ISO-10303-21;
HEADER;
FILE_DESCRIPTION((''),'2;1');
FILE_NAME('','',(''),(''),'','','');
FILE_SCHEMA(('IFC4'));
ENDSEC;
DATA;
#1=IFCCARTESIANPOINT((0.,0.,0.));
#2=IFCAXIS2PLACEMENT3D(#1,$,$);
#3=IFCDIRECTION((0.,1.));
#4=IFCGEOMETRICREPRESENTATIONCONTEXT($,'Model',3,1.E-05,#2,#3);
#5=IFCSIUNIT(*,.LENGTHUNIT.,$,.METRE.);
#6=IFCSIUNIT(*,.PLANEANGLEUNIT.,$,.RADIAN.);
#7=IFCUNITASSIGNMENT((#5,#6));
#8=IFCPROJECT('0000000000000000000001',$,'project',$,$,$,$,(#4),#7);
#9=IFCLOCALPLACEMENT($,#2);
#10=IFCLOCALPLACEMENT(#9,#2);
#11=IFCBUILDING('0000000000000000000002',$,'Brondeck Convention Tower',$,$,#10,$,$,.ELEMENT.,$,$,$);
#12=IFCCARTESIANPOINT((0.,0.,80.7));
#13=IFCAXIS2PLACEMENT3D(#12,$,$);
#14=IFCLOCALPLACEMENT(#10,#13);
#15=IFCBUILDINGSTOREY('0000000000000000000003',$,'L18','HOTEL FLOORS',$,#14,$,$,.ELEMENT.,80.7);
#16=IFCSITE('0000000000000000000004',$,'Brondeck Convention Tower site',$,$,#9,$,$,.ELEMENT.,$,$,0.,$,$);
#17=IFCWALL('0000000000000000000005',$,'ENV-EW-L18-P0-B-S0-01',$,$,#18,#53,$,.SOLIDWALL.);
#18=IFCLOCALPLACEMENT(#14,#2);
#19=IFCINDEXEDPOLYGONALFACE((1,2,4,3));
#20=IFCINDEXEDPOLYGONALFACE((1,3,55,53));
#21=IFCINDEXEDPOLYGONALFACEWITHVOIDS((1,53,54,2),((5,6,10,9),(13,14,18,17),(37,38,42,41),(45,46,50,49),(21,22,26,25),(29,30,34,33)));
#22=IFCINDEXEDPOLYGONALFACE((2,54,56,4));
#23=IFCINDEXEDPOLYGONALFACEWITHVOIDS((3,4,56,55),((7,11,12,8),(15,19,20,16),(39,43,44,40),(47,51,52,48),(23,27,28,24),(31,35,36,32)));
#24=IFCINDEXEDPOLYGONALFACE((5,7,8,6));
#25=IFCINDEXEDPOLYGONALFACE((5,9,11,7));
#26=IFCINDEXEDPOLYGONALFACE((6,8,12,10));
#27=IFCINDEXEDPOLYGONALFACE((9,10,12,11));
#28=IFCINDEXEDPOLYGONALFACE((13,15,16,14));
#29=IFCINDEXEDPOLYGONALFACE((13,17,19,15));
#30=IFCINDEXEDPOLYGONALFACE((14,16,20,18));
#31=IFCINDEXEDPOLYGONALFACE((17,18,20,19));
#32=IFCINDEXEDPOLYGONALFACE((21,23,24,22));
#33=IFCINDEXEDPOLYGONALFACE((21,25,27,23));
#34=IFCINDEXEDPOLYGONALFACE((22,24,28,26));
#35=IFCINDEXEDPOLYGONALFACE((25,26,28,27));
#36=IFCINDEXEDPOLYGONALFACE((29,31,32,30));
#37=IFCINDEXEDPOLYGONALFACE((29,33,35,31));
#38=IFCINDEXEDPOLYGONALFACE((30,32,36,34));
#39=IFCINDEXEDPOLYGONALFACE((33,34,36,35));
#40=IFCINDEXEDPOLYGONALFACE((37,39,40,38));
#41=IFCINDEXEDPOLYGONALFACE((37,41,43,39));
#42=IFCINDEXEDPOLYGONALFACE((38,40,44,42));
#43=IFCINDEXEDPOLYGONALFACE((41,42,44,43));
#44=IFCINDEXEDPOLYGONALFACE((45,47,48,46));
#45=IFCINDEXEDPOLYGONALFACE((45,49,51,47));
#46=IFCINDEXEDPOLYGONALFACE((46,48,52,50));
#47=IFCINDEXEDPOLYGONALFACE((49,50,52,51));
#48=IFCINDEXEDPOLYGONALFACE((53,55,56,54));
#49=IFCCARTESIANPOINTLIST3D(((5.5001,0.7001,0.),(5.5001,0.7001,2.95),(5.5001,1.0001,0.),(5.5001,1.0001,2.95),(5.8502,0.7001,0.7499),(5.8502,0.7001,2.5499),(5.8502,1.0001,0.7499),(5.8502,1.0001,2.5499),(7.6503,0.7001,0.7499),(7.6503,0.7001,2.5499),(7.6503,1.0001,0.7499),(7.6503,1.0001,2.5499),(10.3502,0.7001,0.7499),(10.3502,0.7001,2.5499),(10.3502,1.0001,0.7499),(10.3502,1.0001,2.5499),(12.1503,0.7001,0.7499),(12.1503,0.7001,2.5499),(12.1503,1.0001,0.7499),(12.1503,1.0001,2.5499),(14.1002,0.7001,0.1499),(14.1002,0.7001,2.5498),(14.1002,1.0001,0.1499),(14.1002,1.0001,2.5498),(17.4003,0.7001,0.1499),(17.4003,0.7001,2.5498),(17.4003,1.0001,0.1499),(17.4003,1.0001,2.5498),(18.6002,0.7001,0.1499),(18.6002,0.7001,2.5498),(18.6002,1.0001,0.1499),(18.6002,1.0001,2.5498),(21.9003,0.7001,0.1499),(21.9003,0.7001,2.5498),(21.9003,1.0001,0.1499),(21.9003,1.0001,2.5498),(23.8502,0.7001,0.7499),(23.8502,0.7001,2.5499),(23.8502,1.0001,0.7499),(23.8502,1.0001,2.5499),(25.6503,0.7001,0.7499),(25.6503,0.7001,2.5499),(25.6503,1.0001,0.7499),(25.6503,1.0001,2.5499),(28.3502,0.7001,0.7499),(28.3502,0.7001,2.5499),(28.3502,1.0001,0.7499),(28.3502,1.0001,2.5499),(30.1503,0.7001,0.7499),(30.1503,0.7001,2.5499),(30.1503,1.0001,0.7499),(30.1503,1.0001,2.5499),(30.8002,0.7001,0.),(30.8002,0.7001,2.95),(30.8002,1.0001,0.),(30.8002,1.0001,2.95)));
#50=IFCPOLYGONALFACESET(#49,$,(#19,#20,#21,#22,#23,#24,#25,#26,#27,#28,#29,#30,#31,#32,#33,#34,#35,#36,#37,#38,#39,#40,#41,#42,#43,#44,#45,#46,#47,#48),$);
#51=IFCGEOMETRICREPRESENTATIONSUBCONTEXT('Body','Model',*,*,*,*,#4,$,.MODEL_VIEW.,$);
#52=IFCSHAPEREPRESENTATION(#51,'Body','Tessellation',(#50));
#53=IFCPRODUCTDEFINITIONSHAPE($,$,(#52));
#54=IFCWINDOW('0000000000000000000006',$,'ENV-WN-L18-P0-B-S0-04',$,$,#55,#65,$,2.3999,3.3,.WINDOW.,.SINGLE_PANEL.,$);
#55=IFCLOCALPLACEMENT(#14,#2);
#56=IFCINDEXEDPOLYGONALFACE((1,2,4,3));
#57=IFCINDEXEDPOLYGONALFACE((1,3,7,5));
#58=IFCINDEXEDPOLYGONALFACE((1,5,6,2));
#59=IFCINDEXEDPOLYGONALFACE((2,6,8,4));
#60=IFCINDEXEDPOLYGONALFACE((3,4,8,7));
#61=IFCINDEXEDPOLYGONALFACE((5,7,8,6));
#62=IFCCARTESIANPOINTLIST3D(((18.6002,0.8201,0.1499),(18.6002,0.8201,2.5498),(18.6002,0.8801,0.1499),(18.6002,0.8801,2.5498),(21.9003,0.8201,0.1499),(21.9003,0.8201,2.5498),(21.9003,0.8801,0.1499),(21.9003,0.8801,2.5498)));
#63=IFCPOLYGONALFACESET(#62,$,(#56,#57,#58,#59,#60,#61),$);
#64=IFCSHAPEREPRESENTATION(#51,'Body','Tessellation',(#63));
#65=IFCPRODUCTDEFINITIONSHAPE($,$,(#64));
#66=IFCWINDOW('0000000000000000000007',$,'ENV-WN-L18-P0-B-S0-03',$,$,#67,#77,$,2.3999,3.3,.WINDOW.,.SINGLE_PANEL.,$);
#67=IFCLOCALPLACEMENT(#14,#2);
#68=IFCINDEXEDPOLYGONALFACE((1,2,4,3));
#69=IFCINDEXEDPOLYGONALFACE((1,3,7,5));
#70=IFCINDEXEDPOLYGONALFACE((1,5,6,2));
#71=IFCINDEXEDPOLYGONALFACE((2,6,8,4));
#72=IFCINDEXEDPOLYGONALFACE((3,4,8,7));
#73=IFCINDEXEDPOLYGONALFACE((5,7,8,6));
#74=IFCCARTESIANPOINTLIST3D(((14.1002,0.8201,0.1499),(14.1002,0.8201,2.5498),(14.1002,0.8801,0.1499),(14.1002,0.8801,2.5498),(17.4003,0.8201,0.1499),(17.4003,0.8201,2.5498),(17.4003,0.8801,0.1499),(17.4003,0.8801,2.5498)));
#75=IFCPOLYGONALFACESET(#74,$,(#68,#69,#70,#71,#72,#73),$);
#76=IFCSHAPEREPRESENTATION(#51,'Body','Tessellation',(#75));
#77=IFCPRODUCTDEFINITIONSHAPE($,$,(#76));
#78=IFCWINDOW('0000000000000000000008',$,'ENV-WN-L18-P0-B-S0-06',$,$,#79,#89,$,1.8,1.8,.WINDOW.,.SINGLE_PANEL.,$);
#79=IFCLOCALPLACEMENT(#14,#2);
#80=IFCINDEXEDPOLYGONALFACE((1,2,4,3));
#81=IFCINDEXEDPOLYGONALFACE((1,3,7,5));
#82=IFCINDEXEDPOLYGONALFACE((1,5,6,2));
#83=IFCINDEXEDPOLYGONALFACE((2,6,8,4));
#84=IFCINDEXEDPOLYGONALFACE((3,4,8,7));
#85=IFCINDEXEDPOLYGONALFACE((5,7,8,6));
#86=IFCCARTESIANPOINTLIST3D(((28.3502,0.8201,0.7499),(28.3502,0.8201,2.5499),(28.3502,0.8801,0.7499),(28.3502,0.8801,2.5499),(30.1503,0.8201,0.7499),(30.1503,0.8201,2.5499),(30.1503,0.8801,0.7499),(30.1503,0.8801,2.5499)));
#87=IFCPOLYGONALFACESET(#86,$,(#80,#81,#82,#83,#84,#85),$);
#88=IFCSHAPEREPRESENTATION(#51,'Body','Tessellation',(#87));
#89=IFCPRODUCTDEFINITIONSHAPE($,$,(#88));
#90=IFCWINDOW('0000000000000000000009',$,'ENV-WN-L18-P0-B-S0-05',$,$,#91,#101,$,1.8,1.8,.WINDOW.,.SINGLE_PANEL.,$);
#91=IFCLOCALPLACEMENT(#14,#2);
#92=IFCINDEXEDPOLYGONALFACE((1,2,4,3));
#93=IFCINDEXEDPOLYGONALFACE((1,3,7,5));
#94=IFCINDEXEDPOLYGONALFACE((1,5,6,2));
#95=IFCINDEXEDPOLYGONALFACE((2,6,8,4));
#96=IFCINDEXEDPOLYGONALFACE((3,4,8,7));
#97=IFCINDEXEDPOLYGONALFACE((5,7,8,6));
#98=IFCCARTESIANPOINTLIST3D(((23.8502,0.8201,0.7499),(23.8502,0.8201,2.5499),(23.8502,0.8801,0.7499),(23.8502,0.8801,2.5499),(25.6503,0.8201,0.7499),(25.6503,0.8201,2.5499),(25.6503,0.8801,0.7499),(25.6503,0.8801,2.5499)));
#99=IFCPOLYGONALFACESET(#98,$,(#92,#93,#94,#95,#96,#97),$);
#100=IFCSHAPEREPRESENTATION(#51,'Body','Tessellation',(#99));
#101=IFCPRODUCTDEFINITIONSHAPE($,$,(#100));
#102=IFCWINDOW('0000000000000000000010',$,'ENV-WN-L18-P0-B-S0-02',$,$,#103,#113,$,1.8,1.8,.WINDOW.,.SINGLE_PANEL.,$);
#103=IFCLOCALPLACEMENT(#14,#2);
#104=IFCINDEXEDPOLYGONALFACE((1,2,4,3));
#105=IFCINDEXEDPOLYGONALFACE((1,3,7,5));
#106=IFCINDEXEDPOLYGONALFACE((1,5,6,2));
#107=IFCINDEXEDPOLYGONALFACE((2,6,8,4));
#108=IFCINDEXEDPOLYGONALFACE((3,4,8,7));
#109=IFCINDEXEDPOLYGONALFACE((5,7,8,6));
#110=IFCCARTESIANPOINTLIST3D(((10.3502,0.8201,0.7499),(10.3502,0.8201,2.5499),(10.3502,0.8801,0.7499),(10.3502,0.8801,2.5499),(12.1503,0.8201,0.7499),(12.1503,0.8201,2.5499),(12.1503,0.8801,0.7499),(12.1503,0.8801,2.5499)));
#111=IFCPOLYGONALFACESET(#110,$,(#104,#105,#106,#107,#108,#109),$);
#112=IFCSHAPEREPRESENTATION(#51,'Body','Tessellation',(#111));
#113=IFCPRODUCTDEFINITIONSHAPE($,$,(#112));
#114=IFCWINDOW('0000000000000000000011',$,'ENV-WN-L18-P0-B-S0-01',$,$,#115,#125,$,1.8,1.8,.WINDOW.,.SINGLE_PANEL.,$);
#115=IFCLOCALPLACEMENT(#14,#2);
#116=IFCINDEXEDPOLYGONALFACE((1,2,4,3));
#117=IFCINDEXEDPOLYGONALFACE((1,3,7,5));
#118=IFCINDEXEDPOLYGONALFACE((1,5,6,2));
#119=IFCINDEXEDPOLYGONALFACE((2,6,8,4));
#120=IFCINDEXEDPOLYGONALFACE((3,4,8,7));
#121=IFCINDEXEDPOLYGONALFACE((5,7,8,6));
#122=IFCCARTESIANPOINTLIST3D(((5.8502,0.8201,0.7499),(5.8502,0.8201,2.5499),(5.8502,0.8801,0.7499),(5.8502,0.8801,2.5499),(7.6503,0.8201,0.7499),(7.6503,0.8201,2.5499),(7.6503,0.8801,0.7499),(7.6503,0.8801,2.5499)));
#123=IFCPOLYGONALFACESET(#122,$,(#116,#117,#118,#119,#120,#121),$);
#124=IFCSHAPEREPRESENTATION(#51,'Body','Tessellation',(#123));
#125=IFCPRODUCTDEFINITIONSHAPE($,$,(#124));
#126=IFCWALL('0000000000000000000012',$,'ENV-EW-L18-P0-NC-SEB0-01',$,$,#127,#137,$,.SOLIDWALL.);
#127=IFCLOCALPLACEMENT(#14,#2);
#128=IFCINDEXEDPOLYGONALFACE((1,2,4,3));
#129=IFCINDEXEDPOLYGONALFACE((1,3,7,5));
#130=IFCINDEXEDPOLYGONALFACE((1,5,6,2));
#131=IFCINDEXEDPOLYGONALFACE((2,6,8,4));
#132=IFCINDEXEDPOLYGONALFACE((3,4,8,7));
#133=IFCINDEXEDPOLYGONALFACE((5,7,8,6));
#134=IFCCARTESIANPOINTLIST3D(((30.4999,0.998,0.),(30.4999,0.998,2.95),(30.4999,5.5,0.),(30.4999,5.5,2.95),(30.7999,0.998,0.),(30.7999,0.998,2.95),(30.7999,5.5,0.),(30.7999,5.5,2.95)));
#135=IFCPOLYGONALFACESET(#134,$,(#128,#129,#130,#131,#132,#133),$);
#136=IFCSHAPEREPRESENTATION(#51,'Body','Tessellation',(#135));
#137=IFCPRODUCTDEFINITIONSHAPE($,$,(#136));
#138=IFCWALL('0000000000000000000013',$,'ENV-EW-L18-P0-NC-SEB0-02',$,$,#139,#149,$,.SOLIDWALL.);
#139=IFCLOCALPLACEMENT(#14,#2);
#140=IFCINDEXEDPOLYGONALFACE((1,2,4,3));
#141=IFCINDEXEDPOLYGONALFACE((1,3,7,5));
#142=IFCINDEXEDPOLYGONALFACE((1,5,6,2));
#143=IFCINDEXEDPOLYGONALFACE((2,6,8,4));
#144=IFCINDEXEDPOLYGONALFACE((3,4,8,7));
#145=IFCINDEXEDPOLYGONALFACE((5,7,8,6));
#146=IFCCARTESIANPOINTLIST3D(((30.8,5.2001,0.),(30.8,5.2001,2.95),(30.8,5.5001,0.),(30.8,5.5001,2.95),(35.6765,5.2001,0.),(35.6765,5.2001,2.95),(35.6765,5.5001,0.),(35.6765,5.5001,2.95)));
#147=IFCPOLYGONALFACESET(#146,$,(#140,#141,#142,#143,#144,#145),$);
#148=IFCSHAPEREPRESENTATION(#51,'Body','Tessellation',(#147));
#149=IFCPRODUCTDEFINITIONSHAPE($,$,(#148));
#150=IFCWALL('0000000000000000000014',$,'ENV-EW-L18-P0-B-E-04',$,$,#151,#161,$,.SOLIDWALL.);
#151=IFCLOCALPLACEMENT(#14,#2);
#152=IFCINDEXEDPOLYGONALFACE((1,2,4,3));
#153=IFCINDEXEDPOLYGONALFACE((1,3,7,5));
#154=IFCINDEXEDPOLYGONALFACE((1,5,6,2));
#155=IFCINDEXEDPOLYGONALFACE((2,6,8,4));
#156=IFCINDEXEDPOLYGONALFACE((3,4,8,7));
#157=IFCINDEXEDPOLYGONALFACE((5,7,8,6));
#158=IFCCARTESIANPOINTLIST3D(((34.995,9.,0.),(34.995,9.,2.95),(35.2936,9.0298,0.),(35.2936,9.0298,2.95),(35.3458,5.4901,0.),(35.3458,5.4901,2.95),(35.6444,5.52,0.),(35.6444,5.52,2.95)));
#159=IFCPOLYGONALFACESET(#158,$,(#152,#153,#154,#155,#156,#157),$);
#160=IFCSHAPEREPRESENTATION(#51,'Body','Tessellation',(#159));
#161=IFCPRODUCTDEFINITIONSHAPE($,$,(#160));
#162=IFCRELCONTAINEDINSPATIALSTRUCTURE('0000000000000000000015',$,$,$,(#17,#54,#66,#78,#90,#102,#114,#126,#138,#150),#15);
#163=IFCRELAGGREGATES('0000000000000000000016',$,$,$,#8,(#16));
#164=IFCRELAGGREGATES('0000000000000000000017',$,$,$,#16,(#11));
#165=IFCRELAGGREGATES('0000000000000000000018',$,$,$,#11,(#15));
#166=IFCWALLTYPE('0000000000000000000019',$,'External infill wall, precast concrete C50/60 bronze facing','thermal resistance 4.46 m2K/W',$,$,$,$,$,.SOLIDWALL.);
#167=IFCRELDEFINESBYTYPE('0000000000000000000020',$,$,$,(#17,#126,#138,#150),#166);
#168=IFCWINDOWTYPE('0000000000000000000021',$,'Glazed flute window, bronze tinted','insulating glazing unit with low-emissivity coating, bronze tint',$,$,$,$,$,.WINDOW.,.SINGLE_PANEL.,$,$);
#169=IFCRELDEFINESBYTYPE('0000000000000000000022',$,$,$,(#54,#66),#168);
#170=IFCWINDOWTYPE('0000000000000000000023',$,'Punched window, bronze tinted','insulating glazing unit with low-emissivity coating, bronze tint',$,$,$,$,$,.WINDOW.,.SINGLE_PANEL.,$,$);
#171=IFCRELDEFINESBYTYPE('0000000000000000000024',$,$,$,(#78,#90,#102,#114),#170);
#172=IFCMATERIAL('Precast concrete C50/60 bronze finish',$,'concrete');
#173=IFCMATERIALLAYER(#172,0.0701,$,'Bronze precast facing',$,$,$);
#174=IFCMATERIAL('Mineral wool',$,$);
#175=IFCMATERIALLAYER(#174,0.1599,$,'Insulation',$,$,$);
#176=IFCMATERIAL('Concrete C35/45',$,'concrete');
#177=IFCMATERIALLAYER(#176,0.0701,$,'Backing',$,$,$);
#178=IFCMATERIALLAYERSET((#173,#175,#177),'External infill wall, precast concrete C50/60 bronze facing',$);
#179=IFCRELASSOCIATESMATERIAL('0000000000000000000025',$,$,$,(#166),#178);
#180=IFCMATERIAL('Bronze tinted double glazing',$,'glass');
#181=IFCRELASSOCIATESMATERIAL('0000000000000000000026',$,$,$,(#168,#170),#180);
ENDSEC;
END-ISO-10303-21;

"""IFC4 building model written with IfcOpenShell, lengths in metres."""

from ifc_helpers import new_model, si_unit, direction, frame, frame_2d, origin, place, context, subcontext, project, spatial, rectangle, extrude, material, layer, layer_set, type_object, element, fill, save


model = new_model("IFC4")

# Units and contexts
model_context = context("Model", 3, precision=1e-05, world=origin(), true_north=direction((0.0, 1.0)))
body_context = subcontext(model_context, "Body", "Model", "MODEL_VIEW")
ifc_project = project(units=[si_unit("LENGTHUNIT", "METRE"), si_unit("PLANEANGLEUNIT", "RADIAN")], contexts=[model_context])

# Site, building, storey
site_placement = place(None, origin())
site = spatial("IfcSite", under=ifc_project, at=site_placement, Name="Brondeck Convention Tower site", CompositionType="ELEMENT", RefElevation=0.0)
building_placement = place(site_placement, origin())
building = spatial("IfcBuilding", under=site, at=building_placement, Name="Brondeck Convention Tower", CompositionType="ELEMENT")
storey_placement = place(building_placement, frame((0.0, 0.0, 80.7)))
storey = spatial("IfcBuildingStorey", under=building, at=storey_placement, Name="L18", Description="HOTEL FLOORS", CompositionType="ELEMENT", Elevation=80.7)

# Wall, openings, windows
ifc_material_1 = material(Name="Precast concrete C50/60 bronze finish", Category="concrete")
ifc_layer_1 = layer(ifc_material_1, 0.0701, Name="Bronze precast facing")
ifc_material_2 = material(Name="Mineral wool")
ifc_layer_2 = layer(ifc_material_2, 0.1599, Name="Insulation")
ifc_material_3 = material(Name="Concrete C35/45", Category="concrete")
ifc_layer_3 = layer(ifc_material_3, 0.0701, Name="Backing")
ifc_layer_set_1 = layer_set([ifc_layer_1, ifc_layer_2, ifc_layer_3], Name="External infill wall, precast concrete C50/60 bronze facing")
wall_type_1 = type_object("IfcWallType", Name="External infill wall, precast concrete C50/60 bronze facing", Description="thermal resistance 4.46 m2K/W", PredefinedType="SOLIDWALL", material=ifc_layer_set_1)
wall_1_placement = place(storey_placement, frame((30.8, 0.8501, 0.0), z_axis=(0.0, 0.0, 1.0), x_axis=(-1.0, 0.0, 0.0)))
wall_1 = element("IfcWall", 1, at=wall_1_placement, inside=storey, type_object=wall_type_1, Name="ENV-EW-L18-P0-B-S0-01", PredefinedType="SOLIDWALL", context=body_context, shape_type="SweptSolid", body=[
    extrude(rectangle(XDim=25.3, YDim=0.3, at=frame_2d((12.6499, 0.0))), origin(), (0.0, 0.0, 1.0), 2.95),
])
opening_1_placement = place(wall_1_placement, frame((0.6499, 0.0, 0.75)))
opening_1 = element("IfcOpeningElement", 2, at=opening_1_placement, cuts=wall_1, PredefinedType="OPENING", context=body_context, shape_type="SweptSolid", body=[
    extrude(rectangle(XDim=1.8, YDim=1.8, at=frame_2d((0.8999, 0.8999))), frame((0.0, 0.1599, 0.0), z_axis=(0.0, -1.0, 0.0), x_axis=(1.0, 0.0, 0.0)), (0.0, 0.0, 1.0), 0.3201),
])
opening_2_placement = place(wall_1_placement, frame((5.1499, 0.0, 0.75)))
opening_2 = element("IfcOpeningElement", 3, at=opening_2_placement, cuts=wall_1, PredefinedType="OPENING", context=body_context, shape_type="SweptSolid", body=[
    extrude(rectangle(XDim=1.8, YDim=1.8, at=frame_2d((0.8999, 0.8999))), frame((0.0, 0.1599, 0.0), z_axis=(0.0, -1.0, 0.0), x_axis=(1.0, 0.0, 0.0)), (0.0, 0.0, 1.0), 0.3201),
])
opening_3_placement = place(wall_1_placement, frame((8.8999, 0.0, 0.1499)))
opening_3 = element("IfcOpeningElement", 4, at=opening_3_placement, cuts=wall_1, PredefinedType="OPENING", context=body_context, shape_type="SweptSolid", body=[
    extrude(rectangle(XDim=3.3, YDim=2.3999, at=frame_2d((1.6499, 1.2))), frame((0.0, 0.1599, 0.0), z_axis=(0.0, -1.0, 0.0), x_axis=(1.0, 0.0, 0.0)), (0.0, 0.0, 1.0), 0.3201),
])
opening_4_placement = place(wall_1_placement, frame((13.3999, 0.0, 0.1499)))
opening_4 = element("IfcOpeningElement", 5, at=opening_4_placement, cuts=wall_1, PredefinedType="OPENING", context=body_context, shape_type="SweptSolid", body=[
    extrude(rectangle(XDim=3.3, YDim=2.3999, at=frame_2d((1.6499, 1.2))), frame((0.0, 0.1599, 0.0), z_axis=(0.0, -1.0, 0.0), x_axis=(1.0, 0.0, 0.0)), (0.0, 0.0, 1.0), 0.3201),
])
opening_5_placement = place(wall_1_placement, frame((18.6499, 0.0, 0.75)))
opening_5 = element("IfcOpeningElement", 6, at=opening_5_placement, cuts=wall_1, PredefinedType="OPENING", context=body_context, shape_type="SweptSolid", body=[
    extrude(rectangle(XDim=1.8, YDim=1.8, at=frame_2d((0.8999, 0.8999))), frame((0.0, 0.1599, 0.0), z_axis=(0.0, -1.0, 0.0), x_axis=(1.0, 0.0, 0.0)), (0.0, 0.0, 1.0), 0.3201),
])
opening_6_placement = place(wall_1_placement, frame((23.1499, 0.0, 0.75)))
opening_6 = element("IfcOpeningElement", 7, at=opening_6_placement, cuts=wall_1, PredefinedType="OPENING", context=body_context, shape_type="SweptSolid", body=[
    extrude(rectangle(XDim=1.8, YDim=1.8, at=frame_2d((0.8999, 0.8999))), frame((0.0, 0.1599, 0.0), z_axis=(0.0, -1.0, 0.0), x_axis=(1.0, 0.0, 0.0)), (0.0, 0.0, 1.0), 0.3201),
])
ifc_material_4 = material(Name="Bronze tinted double glazing", Category="glass")
window_type_1 = type_object("IfcWindowType", Name="Glazed flute window, bronze tinted", Description="insulating glazing unit with low-emissivity coating, bronze tint", PartitioningType="SINGLE_PANEL", PredefinedType="WINDOW", material=ifc_material_4)
window_1_placement = place(opening_3_placement, origin())
window_1 = element("IfcWindow", 8, at=window_1_placement, inside=storey, type_object=window_type_1, Name="ENV-WN-L18-P0-B-S0-04", OverallHeight=2.3999, OverallWidth=3.3, PartitioningType="SINGLE_PANEL", PredefinedType="WINDOW", context=body_context, shape_type="SweptSolid", body=[
    extrude(rectangle(XDim=3.3, YDim=2.3999, at=frame_2d((1.6499, 1.2))), frame((0.0, 0.03, 0.0), z_axis=(0.0, -1.0, 0.0), x_axis=(1.0, 0.0, 0.0)), (0.0, 0.0, 1.0), 0.0601),
])
fill(opening_3, window_1)
window_2_placement = place(opening_4_placement, origin())
window_2 = element("IfcWindow", 9, at=window_2_placement, inside=storey, type_object=window_type_1, Name="ENV-WN-L18-P0-B-S0-03", OverallHeight=2.3999, OverallWidth=3.3, PartitioningType="SINGLE_PANEL", PredefinedType="WINDOW", context=body_context, shape_type="SweptSolid", body=[
    extrude(rectangle(XDim=3.3, YDim=2.3999, at=frame_2d((1.6499, 1.2))), frame((0.0, 0.03, 0.0), z_axis=(0.0, -1.0, 0.0), x_axis=(1.0, 0.0, 0.0)), (0.0, 0.0, 1.0), 0.0601),
])
fill(opening_4, window_2)
window_type_2 = type_object("IfcWindowType", Name="Punched window, bronze tinted", Description="insulating glazing unit with low-emissivity coating, bronze tint", PartitioningType="SINGLE_PANEL", PredefinedType="WINDOW", material=ifc_material_4)
window_3_placement = place(opening_1_placement, origin())
window_3 = element("IfcWindow", 10, at=window_3_placement, inside=storey, type_object=window_type_2, Name="ENV-WN-L18-P0-B-S0-06", OverallHeight=1.8, OverallWidth=1.8, PartitioningType="SINGLE_PANEL", PredefinedType="WINDOW", context=body_context, shape_type="SweptSolid", body=[
    extrude(rectangle(XDim=1.8, YDim=1.8, at=frame_2d((0.8999, 0.8999))), frame((0.0, 0.03, 0.0), z_axis=(0.0, -1.0, 0.0), x_axis=(1.0, 0.0, 0.0)), (0.0, 0.0, 1.0), 0.0601),
])
fill(opening_1, window_3)
window_4_placement = place(opening_2_placement, origin())
window_4 = element("IfcWindow", 11, at=window_4_placement, inside=storey, type_object=window_type_2, Name="ENV-WN-L18-P0-B-S0-05", OverallHeight=1.8, OverallWidth=1.8, PartitioningType="SINGLE_PANEL", PredefinedType="WINDOW", context=body_context, shape_type="SweptSolid", body=[
    extrude(rectangle(XDim=1.8, YDim=1.8, at=frame_2d((0.8999, 0.8999))), frame((0.0, 0.03, 0.0), z_axis=(0.0, -1.0, 0.0), x_axis=(1.0, 0.0, 0.0)), (0.0, 0.0, 1.0), 0.0601),
])
fill(opening_2, window_4)
window_5_placement = place(opening_5_placement, origin())
window_5 = element("IfcWindow", 12, at=window_5_placement, inside=storey, type_object=window_type_2, Name="ENV-WN-L18-P0-B-S0-02", OverallHeight=1.8, OverallWidth=1.8, PartitioningType="SINGLE_PANEL", PredefinedType="WINDOW", context=body_context, shape_type="SweptSolid", body=[
    extrude(rectangle(XDim=1.8, YDim=1.8, at=frame_2d((0.8999, 0.8999))), frame((0.0, 0.03, 0.0), z_axis=(0.0, -1.0, 0.0), x_axis=(1.0, 0.0, 0.0)), (0.0, 0.0, 1.0), 0.0601),
])
fill(opening_5, window_5)
window_6_placement = place(opening_6_placement, origin())
window_6 = element("IfcWindow", 13, at=window_6_placement, inside=storey, type_object=window_type_2, Name="ENV-WN-L18-P0-B-S0-01", OverallHeight=1.8, OverallWidth=1.8, PartitioningType="SINGLE_PANEL", PredefinedType="WINDOW", context=body_context, shape_type="SweptSolid", body=[
    extrude(rectangle(XDim=1.8, YDim=1.8, at=frame_2d((0.8999, 0.8999))), frame((0.0, 0.03, 0.0), z_axis=(0.0, -1.0, 0.0), x_axis=(1.0, 0.0, 0.0)), (0.0, 0.0, 1.0), 0.0601),
])
fill(opening_6, window_6)

# Walls
wall_2_placement = place(storey_placement, frame((30.6499, 5.5, 0.0), z_axis=(0.0, 0.0, 1.0), x_axis=(0.0, -1.0, 0.0)))
element("IfcWall", 14, at=wall_2_placement, inside=storey, type_object=wall_type_1, Name="ENV-EW-L18-P0-NC-SEB0-01", PredefinedType="SOLIDWALL", context=body_context, shape_type="SweptSolid", body=[
    extrude(rectangle(XDim=4.502, YDim=0.3, at=frame_2d((2.251, 0.0))), origin(), (0.0, 0.0, 1.0), 2.95),
])
wall_3_placement = place(storey_placement, frame((35.6765, 5.3501, 0.0), z_axis=(0.0, 0.0, 1.0), x_axis=(-1.0, 0.0, 0.0)))
element("IfcWall", 15, at=wall_3_placement, inside=storey, type_object=wall_type_1, Name="ENV-EW-L18-P0-NC-SEB0-02", PredefinedType="SOLIDWALL", context=body_context, shape_type="SweptSolid", body=[
    extrude(rectangle(XDim=4.8765, YDim=0.3, at=frame_2d((2.4382, 0.0))), origin(), (0.0, 0.0, 1.0), 2.95),
])
wall_4_placement = place(storey_placement, frame((35.1443, 9.0149, 0.0), z_axis=(0.0, 0.0, 1.0), x_axis=(0.099463, -0.995041, 0.0)))
element("IfcWall", 16, at=wall_4_placement, inside=storey, type_object=wall_type_1, Name="ENV-EW-L18-P0-B-E-04", PredefinedType="SOLIDWALL", context=body_context, shape_type="SweptSolid", body=[
    extrude(rectangle(XDim=3.5273, YDim=0.3, at=frame_2d((1.7637, 0.0))), origin(), (0.0, 0.0, 1.0), 2.95),
])

save(model, "model.ifc")
